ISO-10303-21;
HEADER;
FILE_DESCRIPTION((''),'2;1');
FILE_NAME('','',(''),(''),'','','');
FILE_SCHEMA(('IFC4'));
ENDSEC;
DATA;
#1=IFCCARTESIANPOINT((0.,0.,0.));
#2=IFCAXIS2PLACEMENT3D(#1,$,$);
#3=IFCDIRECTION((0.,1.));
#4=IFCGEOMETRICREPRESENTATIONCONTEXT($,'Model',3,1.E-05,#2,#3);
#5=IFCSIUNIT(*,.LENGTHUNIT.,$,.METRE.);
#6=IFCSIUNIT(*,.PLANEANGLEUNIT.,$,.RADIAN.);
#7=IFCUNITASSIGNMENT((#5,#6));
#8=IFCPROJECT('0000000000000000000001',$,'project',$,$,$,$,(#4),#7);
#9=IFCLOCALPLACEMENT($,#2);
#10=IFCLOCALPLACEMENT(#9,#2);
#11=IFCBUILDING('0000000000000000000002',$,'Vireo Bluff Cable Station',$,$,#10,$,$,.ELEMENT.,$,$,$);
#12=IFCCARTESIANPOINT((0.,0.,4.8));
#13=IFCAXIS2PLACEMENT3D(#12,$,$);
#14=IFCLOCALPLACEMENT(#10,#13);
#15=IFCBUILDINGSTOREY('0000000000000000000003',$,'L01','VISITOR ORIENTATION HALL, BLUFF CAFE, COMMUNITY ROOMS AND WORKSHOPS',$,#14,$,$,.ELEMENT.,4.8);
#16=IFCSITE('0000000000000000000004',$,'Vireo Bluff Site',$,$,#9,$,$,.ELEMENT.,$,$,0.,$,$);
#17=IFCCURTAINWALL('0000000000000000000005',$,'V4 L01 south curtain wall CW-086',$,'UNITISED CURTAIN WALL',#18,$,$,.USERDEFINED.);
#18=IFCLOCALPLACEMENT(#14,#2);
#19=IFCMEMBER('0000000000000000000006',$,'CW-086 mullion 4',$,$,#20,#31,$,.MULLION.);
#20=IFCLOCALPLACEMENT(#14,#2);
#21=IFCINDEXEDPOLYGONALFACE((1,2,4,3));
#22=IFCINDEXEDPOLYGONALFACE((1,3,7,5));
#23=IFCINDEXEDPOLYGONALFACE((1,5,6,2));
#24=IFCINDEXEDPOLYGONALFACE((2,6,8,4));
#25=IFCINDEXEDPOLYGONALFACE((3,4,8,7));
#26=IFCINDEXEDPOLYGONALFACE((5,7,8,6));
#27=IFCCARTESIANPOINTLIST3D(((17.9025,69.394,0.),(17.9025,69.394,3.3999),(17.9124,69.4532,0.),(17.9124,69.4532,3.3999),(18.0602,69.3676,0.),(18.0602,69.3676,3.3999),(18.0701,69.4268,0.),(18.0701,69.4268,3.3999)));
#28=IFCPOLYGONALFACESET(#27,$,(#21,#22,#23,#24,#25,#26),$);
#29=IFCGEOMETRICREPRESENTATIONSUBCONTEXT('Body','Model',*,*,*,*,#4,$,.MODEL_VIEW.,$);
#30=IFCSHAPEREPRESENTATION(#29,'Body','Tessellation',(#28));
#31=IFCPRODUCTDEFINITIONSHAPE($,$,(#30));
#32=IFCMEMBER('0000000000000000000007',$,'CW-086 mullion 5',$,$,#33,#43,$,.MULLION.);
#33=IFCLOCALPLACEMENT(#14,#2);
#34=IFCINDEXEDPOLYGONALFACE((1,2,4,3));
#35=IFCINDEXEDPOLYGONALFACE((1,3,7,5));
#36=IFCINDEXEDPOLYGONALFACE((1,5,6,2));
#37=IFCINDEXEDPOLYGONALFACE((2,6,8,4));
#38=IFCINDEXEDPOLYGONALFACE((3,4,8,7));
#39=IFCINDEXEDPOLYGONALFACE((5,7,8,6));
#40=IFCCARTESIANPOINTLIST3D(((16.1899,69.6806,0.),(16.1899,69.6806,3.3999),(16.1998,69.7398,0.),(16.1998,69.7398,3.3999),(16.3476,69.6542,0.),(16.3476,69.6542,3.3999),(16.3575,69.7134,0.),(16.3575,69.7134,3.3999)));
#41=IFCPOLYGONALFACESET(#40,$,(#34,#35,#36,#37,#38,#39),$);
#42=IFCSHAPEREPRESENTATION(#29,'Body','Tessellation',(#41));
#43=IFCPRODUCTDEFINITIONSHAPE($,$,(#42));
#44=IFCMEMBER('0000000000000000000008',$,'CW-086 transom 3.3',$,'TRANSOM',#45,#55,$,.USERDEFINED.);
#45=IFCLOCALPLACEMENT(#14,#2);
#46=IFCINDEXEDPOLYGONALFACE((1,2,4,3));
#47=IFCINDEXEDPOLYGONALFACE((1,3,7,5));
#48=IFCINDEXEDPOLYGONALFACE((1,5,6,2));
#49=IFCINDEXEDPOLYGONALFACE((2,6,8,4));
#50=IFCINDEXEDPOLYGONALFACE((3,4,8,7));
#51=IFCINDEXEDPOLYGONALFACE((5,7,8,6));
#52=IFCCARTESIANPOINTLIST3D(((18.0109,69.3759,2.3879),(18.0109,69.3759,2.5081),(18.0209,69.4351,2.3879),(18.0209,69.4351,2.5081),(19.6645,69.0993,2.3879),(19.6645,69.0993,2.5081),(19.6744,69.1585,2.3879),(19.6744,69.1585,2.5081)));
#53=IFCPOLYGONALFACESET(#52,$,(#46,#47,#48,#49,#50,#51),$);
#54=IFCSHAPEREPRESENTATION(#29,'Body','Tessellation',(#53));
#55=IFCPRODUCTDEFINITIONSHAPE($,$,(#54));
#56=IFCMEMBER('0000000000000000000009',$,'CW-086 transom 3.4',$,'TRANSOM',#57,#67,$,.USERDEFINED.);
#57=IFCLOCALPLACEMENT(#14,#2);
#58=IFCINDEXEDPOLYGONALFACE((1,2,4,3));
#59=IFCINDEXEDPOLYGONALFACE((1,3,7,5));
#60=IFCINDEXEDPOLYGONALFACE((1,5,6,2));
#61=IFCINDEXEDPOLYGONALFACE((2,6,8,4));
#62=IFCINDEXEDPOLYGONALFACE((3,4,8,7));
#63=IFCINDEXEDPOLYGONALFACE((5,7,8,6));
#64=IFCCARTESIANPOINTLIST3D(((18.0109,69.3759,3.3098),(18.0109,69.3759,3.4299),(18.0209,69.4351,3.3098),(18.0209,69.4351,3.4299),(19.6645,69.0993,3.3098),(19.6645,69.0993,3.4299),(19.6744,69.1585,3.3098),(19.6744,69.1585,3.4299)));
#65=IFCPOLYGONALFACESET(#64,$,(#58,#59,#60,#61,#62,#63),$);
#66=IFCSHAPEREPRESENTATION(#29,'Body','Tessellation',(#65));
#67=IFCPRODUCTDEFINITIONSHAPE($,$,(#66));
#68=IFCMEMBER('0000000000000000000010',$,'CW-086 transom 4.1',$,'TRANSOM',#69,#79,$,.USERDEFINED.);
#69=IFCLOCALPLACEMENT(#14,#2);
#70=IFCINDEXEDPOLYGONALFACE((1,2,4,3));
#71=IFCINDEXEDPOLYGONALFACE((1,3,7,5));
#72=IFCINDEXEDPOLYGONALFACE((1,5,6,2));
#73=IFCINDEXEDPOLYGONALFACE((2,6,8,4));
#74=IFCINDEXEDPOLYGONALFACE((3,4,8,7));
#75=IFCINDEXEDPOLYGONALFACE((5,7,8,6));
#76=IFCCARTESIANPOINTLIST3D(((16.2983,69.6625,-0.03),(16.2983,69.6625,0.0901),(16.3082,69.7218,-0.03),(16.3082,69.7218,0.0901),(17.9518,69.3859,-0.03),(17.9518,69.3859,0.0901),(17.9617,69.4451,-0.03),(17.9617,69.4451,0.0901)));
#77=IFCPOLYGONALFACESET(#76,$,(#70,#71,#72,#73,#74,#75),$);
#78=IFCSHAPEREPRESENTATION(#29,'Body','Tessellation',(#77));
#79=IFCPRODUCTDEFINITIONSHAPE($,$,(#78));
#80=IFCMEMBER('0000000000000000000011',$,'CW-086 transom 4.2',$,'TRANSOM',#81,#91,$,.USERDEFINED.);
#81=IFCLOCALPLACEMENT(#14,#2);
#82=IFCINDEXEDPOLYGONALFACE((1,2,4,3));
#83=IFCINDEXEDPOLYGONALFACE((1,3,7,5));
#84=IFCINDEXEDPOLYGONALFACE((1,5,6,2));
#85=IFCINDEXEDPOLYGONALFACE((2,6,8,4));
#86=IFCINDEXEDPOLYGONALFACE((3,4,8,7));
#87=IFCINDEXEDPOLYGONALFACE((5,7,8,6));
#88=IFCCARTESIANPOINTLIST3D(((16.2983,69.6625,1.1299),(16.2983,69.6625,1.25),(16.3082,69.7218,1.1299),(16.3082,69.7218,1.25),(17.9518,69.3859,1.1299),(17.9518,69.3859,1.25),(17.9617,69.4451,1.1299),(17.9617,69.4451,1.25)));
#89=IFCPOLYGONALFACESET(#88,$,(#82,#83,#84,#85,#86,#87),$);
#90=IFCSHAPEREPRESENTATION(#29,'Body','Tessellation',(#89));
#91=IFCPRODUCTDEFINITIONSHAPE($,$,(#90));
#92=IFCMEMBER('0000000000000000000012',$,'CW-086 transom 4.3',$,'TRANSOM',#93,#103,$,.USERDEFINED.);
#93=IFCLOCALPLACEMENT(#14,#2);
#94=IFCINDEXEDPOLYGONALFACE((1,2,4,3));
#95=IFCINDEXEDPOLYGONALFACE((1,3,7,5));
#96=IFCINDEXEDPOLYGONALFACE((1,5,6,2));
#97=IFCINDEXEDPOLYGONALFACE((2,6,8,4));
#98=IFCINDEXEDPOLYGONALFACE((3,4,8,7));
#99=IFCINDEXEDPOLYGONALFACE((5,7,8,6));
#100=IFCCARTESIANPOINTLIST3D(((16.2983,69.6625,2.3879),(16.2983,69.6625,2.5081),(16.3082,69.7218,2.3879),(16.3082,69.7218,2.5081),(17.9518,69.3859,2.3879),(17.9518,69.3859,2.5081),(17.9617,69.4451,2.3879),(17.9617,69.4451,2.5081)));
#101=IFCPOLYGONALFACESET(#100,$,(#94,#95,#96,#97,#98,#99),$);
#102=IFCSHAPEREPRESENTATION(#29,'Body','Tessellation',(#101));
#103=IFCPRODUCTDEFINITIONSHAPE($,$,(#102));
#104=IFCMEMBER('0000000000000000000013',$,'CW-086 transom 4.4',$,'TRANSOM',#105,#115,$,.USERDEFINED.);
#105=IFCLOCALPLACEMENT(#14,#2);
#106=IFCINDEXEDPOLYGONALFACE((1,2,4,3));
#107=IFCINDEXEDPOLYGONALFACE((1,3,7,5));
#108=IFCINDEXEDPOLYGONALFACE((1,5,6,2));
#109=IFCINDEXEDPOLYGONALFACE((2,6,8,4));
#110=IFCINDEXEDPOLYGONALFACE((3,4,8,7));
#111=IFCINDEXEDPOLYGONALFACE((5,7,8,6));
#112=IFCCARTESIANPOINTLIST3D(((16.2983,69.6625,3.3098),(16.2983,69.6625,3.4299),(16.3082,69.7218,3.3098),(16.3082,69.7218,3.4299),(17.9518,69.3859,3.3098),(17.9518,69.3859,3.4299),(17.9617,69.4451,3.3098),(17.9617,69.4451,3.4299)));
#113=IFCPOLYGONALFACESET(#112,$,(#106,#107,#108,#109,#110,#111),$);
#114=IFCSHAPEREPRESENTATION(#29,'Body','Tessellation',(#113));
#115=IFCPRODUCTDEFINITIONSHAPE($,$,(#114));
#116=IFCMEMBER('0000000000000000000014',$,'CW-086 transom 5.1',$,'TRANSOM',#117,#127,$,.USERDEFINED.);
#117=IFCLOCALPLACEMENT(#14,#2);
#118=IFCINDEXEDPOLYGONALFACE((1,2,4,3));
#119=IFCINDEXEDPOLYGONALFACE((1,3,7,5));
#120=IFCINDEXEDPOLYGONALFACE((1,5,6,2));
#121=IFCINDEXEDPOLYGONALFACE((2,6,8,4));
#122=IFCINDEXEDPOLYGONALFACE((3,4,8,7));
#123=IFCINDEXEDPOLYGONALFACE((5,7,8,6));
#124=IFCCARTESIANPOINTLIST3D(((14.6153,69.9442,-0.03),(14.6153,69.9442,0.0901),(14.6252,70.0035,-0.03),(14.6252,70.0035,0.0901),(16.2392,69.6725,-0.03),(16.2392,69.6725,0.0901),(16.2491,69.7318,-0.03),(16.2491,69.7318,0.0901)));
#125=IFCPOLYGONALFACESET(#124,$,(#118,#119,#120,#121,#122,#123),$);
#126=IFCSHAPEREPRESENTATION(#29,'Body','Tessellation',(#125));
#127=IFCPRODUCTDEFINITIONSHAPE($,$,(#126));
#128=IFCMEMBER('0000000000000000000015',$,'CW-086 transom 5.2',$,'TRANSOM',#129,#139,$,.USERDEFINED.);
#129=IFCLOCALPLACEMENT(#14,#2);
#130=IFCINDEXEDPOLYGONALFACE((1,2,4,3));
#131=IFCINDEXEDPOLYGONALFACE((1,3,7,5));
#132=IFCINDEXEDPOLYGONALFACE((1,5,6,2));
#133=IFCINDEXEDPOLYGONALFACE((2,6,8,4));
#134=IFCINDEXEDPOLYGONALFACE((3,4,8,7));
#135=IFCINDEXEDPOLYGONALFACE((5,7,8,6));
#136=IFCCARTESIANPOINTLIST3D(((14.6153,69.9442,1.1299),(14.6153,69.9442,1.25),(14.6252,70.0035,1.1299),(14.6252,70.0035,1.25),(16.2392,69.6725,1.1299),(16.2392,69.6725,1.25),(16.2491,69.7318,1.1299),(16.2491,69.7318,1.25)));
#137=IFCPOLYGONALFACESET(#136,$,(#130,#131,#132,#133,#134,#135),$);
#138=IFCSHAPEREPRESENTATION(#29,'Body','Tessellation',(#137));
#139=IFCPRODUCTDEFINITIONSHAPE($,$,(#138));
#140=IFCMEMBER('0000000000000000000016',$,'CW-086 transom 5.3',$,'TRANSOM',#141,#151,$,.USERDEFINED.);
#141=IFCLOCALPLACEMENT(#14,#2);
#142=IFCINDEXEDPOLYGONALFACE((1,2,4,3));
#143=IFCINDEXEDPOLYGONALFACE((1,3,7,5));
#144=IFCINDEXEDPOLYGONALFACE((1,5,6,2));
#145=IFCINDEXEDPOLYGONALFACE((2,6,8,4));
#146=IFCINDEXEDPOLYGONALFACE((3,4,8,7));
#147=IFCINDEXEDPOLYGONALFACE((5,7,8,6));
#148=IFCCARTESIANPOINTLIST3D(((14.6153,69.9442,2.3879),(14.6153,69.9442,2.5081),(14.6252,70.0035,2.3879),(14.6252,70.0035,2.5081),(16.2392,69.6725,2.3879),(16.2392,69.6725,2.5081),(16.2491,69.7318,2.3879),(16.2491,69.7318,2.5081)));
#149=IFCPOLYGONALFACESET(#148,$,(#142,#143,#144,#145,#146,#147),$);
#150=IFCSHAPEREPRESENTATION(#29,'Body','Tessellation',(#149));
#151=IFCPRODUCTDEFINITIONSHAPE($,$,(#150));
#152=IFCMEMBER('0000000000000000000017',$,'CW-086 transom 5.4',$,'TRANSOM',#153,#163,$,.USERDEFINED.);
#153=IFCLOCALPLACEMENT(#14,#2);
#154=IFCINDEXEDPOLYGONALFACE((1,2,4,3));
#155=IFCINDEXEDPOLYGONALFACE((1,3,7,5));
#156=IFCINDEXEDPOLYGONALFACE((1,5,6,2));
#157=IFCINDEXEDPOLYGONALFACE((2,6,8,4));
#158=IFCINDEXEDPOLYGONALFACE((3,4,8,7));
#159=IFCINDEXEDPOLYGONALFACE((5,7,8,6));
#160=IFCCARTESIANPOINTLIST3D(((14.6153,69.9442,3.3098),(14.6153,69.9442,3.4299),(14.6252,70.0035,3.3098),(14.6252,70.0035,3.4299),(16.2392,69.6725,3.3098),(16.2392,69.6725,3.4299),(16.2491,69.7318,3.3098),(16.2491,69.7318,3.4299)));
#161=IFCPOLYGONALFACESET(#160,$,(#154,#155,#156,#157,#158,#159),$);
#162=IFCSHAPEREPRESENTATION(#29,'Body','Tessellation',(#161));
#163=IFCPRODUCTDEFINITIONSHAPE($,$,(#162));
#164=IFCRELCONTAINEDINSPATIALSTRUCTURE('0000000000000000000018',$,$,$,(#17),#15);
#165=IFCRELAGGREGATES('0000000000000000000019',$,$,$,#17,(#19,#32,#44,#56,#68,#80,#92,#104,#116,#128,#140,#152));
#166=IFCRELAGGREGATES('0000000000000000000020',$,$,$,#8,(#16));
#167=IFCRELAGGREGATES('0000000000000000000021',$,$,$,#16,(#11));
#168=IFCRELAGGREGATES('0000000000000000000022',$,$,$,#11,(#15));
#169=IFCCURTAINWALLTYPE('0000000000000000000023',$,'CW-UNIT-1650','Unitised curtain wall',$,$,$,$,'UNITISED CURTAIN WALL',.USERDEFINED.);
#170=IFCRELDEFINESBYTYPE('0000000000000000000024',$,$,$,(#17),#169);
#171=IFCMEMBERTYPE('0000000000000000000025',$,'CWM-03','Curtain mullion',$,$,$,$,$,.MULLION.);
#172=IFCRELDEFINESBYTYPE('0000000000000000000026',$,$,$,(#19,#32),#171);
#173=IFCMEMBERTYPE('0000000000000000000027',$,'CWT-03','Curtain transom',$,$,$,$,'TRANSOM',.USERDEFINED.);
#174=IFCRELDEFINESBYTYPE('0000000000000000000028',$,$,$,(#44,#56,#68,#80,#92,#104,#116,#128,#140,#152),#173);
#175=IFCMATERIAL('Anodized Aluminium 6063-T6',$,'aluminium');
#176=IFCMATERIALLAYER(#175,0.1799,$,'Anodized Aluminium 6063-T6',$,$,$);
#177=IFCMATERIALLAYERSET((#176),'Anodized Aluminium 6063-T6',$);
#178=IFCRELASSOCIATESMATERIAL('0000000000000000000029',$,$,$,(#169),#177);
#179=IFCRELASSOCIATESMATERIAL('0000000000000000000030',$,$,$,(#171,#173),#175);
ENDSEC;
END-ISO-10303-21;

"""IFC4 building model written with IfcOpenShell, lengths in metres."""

from ifc_helpers import new_model, si_unit, direction, frame, origin, origin_2d, place, context, subcontext, project, spatial, rectangle, extrude, material, layer, layer_set, material_profile, profile_set, type_object, element, aggregate, save


model = new_model("IFC4")

# Units and contexts
model_context = context("Model", 3, precision=1e-05, world=origin(), true_north=direction((0.0, 1.0)))
body_context = subcontext(model_context, "Body", "Model", "MODEL_VIEW")
ifc_project = project(units=[si_unit("LENGTHUNIT", "METRE"), si_unit("PLANEANGLEUNIT", "RADIAN")], contexts=[model_context])

# Site, building, storey
site_placement = place(None, origin())
site = spatial("IfcSite", under=ifc_project, at=site_placement, Name="Vireo Bluff Site", CompositionType="ELEMENT", RefElevation=0.0)
building_placement = place(site_placement, origin())
building = spatial("IfcBuilding", under=site, at=building_placement, Name="Vireo Bluff Cable Station", CompositionType="ELEMENT")
storey_placement = place(building_placement, frame((0.0, 0.0, 4.8)))
storey = spatial("IfcBuildingStorey", under=building, at=storey_placement, Name="L01", Description="VISITOR ORIENTATION HALL, BLUFF CAFE, COMMUNITY ROOMS AND WORKSHOPS", CompositionType="ELEMENT", Elevation=4.8)

# Curtain wall, members
ifc_material_1 = material(Name="Anodized Aluminium 6063-T6", Category="aluminium")
ifc_layer_1 = layer(ifc_material_1, 0.1799, Name="Anodized Aluminium 6063-T6")
ifc_layer_set_1 = layer_set([ifc_layer_1], Name="Anodized Aluminium 6063-T6")
curtain_wall_type = type_object("IfcCurtainWallType", Name="CW-UNIT-1650", Description="Unitised curtain wall", ElementType="UNITISED CURTAIN WALL", PredefinedType="USERDEFINED", material=ifc_layer_set_1)
curtain_wall_placement = place(storey_placement, origin())
curtain_wall = element("IfcCurtainWall", 1, at=curtain_wall_placement, inside=storey, type_object=curtain_wall_type, Name="V4 L01 south curtain wall CW-086", ObjectType="UNITISED CURTAIN WALL", PredefinedType="USERDEFINED")
ifc_material_profile_1 = material_profile(ifc_material_1, rectangle(XDim=0.0601, YDim=0.1599, at=origin_2d()), Name="ALU-M-60X160")
ifc_profile_set_1 = profile_set([ifc_material_profile_1], Name="Anodized Aluminium 6063-T6")
member_type_1 = type_object("IfcMemberType", Name="CWM-03", Description="Curtain mullion", PredefinedType="MULLION", material=ifc_profile_set_1)
member_1_placement = place(storey_placement, frame((17.9863, 69.4104, 0.0), z_axis=(0.0, 0.0, 1.0), x_axis=(-0.165048, -0.986286, 0.0)))
member_1 = element("IfcMember", 2, at=member_1_placement, type_object=member_type_1, Name="CW-086 mullion 4", PredefinedType="MULLION", context=body_context, shape_type="SweptSolid", body=[
    extrude(rectangle(XDim=0.0601, YDim=0.1599, at=origin_2d()), origin(), (0.0, 0.0, 1.0), 3.3999),
])
member_2_placement = place(storey_placement, frame((16.2737, 69.697, 0.0), z_axis=(0.0, 0.0, 1.0), x_axis=(-0.165048, -0.986286, 0.0)))
member_2 = element("IfcMember", 3, at=member_2_placement, type_object=member_type_1, Name="CW-086 mullion 5", PredefinedType="MULLION", context=body_context, shape_type="SweptSolid", body=[
    extrude(rectangle(XDim=0.0601, YDim=0.1599, at=origin_2d()), origin(), (0.0, 0.0, 1.0), 3.3999),
])
ifc_material_profile_2 = material_profile(ifc_material_1, rectangle(XDim=0.0601, YDim=0.1201, at=origin_2d()), Name="ALU-T-60X120")
ifc_profile_set_2 = profile_set([ifc_material_profile_2], Name="Anodized Aluminium 6063-T6")
member_type_2 = type_object("IfcMemberType", Name="CWT-03", Description="Curtain transom", ElementType="TRANSOM", PredefinedType="USERDEFINED", material=ifc_profile_set_2)
member_3_placement = place(storey_placement, frame((19.6694, 69.1289, 2.448), z_axis=(-0.986295, 0.164989, 0.0), x_axis=(-0.164989, -0.986295, 0.0)))
member_3 = element("IfcMember", 4, at=member_3_placement, type_object=member_type_2, Name="CW-086 transom 3.3", ObjectType="TRANSOM", PredefinedType="USERDEFINED", context=body_context, shape_type="SweptSolid", body=[
    extrude(rectangle(XDim=0.0601, YDim=0.1201, at=origin_2d()), origin(), (0.0, 0.0, 1.0), 1.6765),
])
member_4_placement = place(storey_placement, frame((19.6694, 69.1289, 3.3699), z_axis=(-0.986295, 0.164989, 0.0), x_axis=(-0.164989, -0.986295, 0.0)))
member_4 = element("IfcMember", 5, at=member_4_placement, type_object=member_type_2, Name="CW-086 transom 3.4", ObjectType="TRANSOM", PredefinedType="USERDEFINED", context=body_context, shape_type="SweptSolid", body=[
    extrude(rectangle(XDim=0.0601, YDim=0.1201, at=origin_2d()), origin(), (0.0, 0.0, 1.0), 1.6765),
])
member_5_placement = place(storey_placement, frame((17.9568, 69.4155, 0.03), z_axis=(-0.986295, 0.164989, 0.0), x_axis=(-0.164989, -0.986295, 0.0)))
member_5 = element("IfcMember", 6, at=member_5_placement, type_object=member_type_2, Name="CW-086 transom 4.1", ObjectType="TRANSOM", PredefinedType="USERDEFINED", context=body_context, shape_type="SweptSolid", body=[
    extrude(rectangle(XDim=0.0601, YDim=0.1201, at=origin_2d()), origin(), (0.0, 0.0, 1.0), 1.6765),
])
member_6_placement = place(storey_placement, frame((17.9568, 69.4155, 1.1899), z_axis=(-0.986295, 0.164989, 0.0), x_axis=(-0.164989, -0.986295, 0.0)))
member_6 = element("IfcMember", 7, at=member_6_placement, type_object=member_type_2, Name="CW-086 transom 4.2", ObjectType="TRANSOM", PredefinedType="USERDEFINED", context=body_context, shape_type="SweptSolid", body=[
    extrude(rectangle(XDim=0.0601, YDim=0.1201, at=origin_2d()), origin(), (0.0, 0.0, 1.0), 1.6765),
])
member_7_placement = place(storey_placement, frame((17.9568, 69.4155, 2.448), z_axis=(-0.986295, 0.164989, 0.0), x_axis=(-0.164989, -0.986295, 0.0)))
member_7 = element("IfcMember", 8, at=member_7_placement, type_object=member_type_2, Name="CW-086 transom 4.3", ObjectType="TRANSOM", PredefinedType="USERDEFINED", context=body_context, shape_type="SweptSolid", body=[
    extrude(rectangle(XDim=0.0601, YDim=0.1201, at=origin_2d()), origin(), (0.0, 0.0, 1.0), 1.6765),
])
member_8_placement = place(storey_placement, frame((17.9568, 69.4155, 3.3699), z_axis=(-0.986295, 0.164989, 0.0), x_axis=(-0.164989, -0.986295, 0.0)))
member_8 = element("IfcMember", 9, at=member_8_placement, type_object=member_type_2, Name="CW-086 transom 4.4", ObjectType="TRANSOM", PredefinedType="USERDEFINED", context=body_context, shape_type="SweptSolid", body=[
    extrude(rectangle(XDim=0.0601, YDim=0.1201, at=origin_2d()), origin(), (0.0, 0.0, 1.0), 1.6765),
])
member_9_placement = place(storey_placement, frame((16.2441, 69.7021, 0.03), z_axis=(-0.98629, 0.165024, 0.0), x_axis=(-0.165024, -0.98629, 0.0)))
member_9 = element("IfcMember", 10, at=member_9_placement, type_object=member_type_2, Name="CW-086 transom 5.1", ObjectType="TRANSOM", PredefinedType="USERDEFINED", context=body_context, shape_type="SweptSolid", body=[
    extrude(rectangle(XDim=0.0601, YDim=0.1201, at=origin_2d()), origin(), (0.0, 0.0, 1.0), 1.6465),
])
member_10_placement = place(storey_placement, frame((16.2441, 69.7021, 1.1899), z_axis=(-0.98629, 0.165024, 0.0), x_axis=(-0.165024, -0.98629, 0.0)))
member_10 = element("IfcMember", 11, at=member_10_placement, type_object=member_type_2, Name="CW-086 transom 5.2", ObjectType="TRANSOM", PredefinedType="USERDEFINED", context=body_context, shape_type="SweptSolid", body=[
    extrude(rectangle(XDim=0.0601, YDim=0.1201, at=origin_2d()), origin(), (0.0, 0.0, 1.0), 1.6465),
])
member_11_placement = place(storey_placement, frame((16.2441, 69.7021, 2.448), z_axis=(-0.98629, 0.165024, 0.0), x_axis=(-0.165024, -0.98629, 0.0)))
member_11 = element("IfcMember", 12, at=member_11_placement, type_object=member_type_2, Name="CW-086 transom 5.3", ObjectType="TRANSOM", PredefinedType="USERDEFINED", context=body_context, shape_type="SweptSolid", body=[
    extrude(rectangle(XDim=0.0601, YDim=0.1201, at=origin_2d()), origin(), (0.0, 0.0, 1.0), 1.6465),
])
member_12_placement = place(storey_placement, frame((16.2441, 69.7021, 3.3699), z_axis=(-0.98629, 0.165024, 0.0), x_axis=(-0.165024, -0.98629, 0.0)))
member_12 = element("IfcMember", 13, at=member_12_placement, type_object=member_type_2, Name="CW-086 transom 5.4", ObjectType="TRANSOM", PredefinedType="USERDEFINED", context=body_context, shape_type="SweptSolid", body=[
    extrude(rectangle(XDim=0.0601, YDim=0.1201, at=origin_2d()), origin(), (0.0, 0.0, 1.0), 1.6465),
])

aggregate(curtain_wall, [member_1, member_2, member_3, member_4, member_5, member_6, member_7, member_8, member_9, member_10, member_11, member_12])

save(model, "model.ifc")
